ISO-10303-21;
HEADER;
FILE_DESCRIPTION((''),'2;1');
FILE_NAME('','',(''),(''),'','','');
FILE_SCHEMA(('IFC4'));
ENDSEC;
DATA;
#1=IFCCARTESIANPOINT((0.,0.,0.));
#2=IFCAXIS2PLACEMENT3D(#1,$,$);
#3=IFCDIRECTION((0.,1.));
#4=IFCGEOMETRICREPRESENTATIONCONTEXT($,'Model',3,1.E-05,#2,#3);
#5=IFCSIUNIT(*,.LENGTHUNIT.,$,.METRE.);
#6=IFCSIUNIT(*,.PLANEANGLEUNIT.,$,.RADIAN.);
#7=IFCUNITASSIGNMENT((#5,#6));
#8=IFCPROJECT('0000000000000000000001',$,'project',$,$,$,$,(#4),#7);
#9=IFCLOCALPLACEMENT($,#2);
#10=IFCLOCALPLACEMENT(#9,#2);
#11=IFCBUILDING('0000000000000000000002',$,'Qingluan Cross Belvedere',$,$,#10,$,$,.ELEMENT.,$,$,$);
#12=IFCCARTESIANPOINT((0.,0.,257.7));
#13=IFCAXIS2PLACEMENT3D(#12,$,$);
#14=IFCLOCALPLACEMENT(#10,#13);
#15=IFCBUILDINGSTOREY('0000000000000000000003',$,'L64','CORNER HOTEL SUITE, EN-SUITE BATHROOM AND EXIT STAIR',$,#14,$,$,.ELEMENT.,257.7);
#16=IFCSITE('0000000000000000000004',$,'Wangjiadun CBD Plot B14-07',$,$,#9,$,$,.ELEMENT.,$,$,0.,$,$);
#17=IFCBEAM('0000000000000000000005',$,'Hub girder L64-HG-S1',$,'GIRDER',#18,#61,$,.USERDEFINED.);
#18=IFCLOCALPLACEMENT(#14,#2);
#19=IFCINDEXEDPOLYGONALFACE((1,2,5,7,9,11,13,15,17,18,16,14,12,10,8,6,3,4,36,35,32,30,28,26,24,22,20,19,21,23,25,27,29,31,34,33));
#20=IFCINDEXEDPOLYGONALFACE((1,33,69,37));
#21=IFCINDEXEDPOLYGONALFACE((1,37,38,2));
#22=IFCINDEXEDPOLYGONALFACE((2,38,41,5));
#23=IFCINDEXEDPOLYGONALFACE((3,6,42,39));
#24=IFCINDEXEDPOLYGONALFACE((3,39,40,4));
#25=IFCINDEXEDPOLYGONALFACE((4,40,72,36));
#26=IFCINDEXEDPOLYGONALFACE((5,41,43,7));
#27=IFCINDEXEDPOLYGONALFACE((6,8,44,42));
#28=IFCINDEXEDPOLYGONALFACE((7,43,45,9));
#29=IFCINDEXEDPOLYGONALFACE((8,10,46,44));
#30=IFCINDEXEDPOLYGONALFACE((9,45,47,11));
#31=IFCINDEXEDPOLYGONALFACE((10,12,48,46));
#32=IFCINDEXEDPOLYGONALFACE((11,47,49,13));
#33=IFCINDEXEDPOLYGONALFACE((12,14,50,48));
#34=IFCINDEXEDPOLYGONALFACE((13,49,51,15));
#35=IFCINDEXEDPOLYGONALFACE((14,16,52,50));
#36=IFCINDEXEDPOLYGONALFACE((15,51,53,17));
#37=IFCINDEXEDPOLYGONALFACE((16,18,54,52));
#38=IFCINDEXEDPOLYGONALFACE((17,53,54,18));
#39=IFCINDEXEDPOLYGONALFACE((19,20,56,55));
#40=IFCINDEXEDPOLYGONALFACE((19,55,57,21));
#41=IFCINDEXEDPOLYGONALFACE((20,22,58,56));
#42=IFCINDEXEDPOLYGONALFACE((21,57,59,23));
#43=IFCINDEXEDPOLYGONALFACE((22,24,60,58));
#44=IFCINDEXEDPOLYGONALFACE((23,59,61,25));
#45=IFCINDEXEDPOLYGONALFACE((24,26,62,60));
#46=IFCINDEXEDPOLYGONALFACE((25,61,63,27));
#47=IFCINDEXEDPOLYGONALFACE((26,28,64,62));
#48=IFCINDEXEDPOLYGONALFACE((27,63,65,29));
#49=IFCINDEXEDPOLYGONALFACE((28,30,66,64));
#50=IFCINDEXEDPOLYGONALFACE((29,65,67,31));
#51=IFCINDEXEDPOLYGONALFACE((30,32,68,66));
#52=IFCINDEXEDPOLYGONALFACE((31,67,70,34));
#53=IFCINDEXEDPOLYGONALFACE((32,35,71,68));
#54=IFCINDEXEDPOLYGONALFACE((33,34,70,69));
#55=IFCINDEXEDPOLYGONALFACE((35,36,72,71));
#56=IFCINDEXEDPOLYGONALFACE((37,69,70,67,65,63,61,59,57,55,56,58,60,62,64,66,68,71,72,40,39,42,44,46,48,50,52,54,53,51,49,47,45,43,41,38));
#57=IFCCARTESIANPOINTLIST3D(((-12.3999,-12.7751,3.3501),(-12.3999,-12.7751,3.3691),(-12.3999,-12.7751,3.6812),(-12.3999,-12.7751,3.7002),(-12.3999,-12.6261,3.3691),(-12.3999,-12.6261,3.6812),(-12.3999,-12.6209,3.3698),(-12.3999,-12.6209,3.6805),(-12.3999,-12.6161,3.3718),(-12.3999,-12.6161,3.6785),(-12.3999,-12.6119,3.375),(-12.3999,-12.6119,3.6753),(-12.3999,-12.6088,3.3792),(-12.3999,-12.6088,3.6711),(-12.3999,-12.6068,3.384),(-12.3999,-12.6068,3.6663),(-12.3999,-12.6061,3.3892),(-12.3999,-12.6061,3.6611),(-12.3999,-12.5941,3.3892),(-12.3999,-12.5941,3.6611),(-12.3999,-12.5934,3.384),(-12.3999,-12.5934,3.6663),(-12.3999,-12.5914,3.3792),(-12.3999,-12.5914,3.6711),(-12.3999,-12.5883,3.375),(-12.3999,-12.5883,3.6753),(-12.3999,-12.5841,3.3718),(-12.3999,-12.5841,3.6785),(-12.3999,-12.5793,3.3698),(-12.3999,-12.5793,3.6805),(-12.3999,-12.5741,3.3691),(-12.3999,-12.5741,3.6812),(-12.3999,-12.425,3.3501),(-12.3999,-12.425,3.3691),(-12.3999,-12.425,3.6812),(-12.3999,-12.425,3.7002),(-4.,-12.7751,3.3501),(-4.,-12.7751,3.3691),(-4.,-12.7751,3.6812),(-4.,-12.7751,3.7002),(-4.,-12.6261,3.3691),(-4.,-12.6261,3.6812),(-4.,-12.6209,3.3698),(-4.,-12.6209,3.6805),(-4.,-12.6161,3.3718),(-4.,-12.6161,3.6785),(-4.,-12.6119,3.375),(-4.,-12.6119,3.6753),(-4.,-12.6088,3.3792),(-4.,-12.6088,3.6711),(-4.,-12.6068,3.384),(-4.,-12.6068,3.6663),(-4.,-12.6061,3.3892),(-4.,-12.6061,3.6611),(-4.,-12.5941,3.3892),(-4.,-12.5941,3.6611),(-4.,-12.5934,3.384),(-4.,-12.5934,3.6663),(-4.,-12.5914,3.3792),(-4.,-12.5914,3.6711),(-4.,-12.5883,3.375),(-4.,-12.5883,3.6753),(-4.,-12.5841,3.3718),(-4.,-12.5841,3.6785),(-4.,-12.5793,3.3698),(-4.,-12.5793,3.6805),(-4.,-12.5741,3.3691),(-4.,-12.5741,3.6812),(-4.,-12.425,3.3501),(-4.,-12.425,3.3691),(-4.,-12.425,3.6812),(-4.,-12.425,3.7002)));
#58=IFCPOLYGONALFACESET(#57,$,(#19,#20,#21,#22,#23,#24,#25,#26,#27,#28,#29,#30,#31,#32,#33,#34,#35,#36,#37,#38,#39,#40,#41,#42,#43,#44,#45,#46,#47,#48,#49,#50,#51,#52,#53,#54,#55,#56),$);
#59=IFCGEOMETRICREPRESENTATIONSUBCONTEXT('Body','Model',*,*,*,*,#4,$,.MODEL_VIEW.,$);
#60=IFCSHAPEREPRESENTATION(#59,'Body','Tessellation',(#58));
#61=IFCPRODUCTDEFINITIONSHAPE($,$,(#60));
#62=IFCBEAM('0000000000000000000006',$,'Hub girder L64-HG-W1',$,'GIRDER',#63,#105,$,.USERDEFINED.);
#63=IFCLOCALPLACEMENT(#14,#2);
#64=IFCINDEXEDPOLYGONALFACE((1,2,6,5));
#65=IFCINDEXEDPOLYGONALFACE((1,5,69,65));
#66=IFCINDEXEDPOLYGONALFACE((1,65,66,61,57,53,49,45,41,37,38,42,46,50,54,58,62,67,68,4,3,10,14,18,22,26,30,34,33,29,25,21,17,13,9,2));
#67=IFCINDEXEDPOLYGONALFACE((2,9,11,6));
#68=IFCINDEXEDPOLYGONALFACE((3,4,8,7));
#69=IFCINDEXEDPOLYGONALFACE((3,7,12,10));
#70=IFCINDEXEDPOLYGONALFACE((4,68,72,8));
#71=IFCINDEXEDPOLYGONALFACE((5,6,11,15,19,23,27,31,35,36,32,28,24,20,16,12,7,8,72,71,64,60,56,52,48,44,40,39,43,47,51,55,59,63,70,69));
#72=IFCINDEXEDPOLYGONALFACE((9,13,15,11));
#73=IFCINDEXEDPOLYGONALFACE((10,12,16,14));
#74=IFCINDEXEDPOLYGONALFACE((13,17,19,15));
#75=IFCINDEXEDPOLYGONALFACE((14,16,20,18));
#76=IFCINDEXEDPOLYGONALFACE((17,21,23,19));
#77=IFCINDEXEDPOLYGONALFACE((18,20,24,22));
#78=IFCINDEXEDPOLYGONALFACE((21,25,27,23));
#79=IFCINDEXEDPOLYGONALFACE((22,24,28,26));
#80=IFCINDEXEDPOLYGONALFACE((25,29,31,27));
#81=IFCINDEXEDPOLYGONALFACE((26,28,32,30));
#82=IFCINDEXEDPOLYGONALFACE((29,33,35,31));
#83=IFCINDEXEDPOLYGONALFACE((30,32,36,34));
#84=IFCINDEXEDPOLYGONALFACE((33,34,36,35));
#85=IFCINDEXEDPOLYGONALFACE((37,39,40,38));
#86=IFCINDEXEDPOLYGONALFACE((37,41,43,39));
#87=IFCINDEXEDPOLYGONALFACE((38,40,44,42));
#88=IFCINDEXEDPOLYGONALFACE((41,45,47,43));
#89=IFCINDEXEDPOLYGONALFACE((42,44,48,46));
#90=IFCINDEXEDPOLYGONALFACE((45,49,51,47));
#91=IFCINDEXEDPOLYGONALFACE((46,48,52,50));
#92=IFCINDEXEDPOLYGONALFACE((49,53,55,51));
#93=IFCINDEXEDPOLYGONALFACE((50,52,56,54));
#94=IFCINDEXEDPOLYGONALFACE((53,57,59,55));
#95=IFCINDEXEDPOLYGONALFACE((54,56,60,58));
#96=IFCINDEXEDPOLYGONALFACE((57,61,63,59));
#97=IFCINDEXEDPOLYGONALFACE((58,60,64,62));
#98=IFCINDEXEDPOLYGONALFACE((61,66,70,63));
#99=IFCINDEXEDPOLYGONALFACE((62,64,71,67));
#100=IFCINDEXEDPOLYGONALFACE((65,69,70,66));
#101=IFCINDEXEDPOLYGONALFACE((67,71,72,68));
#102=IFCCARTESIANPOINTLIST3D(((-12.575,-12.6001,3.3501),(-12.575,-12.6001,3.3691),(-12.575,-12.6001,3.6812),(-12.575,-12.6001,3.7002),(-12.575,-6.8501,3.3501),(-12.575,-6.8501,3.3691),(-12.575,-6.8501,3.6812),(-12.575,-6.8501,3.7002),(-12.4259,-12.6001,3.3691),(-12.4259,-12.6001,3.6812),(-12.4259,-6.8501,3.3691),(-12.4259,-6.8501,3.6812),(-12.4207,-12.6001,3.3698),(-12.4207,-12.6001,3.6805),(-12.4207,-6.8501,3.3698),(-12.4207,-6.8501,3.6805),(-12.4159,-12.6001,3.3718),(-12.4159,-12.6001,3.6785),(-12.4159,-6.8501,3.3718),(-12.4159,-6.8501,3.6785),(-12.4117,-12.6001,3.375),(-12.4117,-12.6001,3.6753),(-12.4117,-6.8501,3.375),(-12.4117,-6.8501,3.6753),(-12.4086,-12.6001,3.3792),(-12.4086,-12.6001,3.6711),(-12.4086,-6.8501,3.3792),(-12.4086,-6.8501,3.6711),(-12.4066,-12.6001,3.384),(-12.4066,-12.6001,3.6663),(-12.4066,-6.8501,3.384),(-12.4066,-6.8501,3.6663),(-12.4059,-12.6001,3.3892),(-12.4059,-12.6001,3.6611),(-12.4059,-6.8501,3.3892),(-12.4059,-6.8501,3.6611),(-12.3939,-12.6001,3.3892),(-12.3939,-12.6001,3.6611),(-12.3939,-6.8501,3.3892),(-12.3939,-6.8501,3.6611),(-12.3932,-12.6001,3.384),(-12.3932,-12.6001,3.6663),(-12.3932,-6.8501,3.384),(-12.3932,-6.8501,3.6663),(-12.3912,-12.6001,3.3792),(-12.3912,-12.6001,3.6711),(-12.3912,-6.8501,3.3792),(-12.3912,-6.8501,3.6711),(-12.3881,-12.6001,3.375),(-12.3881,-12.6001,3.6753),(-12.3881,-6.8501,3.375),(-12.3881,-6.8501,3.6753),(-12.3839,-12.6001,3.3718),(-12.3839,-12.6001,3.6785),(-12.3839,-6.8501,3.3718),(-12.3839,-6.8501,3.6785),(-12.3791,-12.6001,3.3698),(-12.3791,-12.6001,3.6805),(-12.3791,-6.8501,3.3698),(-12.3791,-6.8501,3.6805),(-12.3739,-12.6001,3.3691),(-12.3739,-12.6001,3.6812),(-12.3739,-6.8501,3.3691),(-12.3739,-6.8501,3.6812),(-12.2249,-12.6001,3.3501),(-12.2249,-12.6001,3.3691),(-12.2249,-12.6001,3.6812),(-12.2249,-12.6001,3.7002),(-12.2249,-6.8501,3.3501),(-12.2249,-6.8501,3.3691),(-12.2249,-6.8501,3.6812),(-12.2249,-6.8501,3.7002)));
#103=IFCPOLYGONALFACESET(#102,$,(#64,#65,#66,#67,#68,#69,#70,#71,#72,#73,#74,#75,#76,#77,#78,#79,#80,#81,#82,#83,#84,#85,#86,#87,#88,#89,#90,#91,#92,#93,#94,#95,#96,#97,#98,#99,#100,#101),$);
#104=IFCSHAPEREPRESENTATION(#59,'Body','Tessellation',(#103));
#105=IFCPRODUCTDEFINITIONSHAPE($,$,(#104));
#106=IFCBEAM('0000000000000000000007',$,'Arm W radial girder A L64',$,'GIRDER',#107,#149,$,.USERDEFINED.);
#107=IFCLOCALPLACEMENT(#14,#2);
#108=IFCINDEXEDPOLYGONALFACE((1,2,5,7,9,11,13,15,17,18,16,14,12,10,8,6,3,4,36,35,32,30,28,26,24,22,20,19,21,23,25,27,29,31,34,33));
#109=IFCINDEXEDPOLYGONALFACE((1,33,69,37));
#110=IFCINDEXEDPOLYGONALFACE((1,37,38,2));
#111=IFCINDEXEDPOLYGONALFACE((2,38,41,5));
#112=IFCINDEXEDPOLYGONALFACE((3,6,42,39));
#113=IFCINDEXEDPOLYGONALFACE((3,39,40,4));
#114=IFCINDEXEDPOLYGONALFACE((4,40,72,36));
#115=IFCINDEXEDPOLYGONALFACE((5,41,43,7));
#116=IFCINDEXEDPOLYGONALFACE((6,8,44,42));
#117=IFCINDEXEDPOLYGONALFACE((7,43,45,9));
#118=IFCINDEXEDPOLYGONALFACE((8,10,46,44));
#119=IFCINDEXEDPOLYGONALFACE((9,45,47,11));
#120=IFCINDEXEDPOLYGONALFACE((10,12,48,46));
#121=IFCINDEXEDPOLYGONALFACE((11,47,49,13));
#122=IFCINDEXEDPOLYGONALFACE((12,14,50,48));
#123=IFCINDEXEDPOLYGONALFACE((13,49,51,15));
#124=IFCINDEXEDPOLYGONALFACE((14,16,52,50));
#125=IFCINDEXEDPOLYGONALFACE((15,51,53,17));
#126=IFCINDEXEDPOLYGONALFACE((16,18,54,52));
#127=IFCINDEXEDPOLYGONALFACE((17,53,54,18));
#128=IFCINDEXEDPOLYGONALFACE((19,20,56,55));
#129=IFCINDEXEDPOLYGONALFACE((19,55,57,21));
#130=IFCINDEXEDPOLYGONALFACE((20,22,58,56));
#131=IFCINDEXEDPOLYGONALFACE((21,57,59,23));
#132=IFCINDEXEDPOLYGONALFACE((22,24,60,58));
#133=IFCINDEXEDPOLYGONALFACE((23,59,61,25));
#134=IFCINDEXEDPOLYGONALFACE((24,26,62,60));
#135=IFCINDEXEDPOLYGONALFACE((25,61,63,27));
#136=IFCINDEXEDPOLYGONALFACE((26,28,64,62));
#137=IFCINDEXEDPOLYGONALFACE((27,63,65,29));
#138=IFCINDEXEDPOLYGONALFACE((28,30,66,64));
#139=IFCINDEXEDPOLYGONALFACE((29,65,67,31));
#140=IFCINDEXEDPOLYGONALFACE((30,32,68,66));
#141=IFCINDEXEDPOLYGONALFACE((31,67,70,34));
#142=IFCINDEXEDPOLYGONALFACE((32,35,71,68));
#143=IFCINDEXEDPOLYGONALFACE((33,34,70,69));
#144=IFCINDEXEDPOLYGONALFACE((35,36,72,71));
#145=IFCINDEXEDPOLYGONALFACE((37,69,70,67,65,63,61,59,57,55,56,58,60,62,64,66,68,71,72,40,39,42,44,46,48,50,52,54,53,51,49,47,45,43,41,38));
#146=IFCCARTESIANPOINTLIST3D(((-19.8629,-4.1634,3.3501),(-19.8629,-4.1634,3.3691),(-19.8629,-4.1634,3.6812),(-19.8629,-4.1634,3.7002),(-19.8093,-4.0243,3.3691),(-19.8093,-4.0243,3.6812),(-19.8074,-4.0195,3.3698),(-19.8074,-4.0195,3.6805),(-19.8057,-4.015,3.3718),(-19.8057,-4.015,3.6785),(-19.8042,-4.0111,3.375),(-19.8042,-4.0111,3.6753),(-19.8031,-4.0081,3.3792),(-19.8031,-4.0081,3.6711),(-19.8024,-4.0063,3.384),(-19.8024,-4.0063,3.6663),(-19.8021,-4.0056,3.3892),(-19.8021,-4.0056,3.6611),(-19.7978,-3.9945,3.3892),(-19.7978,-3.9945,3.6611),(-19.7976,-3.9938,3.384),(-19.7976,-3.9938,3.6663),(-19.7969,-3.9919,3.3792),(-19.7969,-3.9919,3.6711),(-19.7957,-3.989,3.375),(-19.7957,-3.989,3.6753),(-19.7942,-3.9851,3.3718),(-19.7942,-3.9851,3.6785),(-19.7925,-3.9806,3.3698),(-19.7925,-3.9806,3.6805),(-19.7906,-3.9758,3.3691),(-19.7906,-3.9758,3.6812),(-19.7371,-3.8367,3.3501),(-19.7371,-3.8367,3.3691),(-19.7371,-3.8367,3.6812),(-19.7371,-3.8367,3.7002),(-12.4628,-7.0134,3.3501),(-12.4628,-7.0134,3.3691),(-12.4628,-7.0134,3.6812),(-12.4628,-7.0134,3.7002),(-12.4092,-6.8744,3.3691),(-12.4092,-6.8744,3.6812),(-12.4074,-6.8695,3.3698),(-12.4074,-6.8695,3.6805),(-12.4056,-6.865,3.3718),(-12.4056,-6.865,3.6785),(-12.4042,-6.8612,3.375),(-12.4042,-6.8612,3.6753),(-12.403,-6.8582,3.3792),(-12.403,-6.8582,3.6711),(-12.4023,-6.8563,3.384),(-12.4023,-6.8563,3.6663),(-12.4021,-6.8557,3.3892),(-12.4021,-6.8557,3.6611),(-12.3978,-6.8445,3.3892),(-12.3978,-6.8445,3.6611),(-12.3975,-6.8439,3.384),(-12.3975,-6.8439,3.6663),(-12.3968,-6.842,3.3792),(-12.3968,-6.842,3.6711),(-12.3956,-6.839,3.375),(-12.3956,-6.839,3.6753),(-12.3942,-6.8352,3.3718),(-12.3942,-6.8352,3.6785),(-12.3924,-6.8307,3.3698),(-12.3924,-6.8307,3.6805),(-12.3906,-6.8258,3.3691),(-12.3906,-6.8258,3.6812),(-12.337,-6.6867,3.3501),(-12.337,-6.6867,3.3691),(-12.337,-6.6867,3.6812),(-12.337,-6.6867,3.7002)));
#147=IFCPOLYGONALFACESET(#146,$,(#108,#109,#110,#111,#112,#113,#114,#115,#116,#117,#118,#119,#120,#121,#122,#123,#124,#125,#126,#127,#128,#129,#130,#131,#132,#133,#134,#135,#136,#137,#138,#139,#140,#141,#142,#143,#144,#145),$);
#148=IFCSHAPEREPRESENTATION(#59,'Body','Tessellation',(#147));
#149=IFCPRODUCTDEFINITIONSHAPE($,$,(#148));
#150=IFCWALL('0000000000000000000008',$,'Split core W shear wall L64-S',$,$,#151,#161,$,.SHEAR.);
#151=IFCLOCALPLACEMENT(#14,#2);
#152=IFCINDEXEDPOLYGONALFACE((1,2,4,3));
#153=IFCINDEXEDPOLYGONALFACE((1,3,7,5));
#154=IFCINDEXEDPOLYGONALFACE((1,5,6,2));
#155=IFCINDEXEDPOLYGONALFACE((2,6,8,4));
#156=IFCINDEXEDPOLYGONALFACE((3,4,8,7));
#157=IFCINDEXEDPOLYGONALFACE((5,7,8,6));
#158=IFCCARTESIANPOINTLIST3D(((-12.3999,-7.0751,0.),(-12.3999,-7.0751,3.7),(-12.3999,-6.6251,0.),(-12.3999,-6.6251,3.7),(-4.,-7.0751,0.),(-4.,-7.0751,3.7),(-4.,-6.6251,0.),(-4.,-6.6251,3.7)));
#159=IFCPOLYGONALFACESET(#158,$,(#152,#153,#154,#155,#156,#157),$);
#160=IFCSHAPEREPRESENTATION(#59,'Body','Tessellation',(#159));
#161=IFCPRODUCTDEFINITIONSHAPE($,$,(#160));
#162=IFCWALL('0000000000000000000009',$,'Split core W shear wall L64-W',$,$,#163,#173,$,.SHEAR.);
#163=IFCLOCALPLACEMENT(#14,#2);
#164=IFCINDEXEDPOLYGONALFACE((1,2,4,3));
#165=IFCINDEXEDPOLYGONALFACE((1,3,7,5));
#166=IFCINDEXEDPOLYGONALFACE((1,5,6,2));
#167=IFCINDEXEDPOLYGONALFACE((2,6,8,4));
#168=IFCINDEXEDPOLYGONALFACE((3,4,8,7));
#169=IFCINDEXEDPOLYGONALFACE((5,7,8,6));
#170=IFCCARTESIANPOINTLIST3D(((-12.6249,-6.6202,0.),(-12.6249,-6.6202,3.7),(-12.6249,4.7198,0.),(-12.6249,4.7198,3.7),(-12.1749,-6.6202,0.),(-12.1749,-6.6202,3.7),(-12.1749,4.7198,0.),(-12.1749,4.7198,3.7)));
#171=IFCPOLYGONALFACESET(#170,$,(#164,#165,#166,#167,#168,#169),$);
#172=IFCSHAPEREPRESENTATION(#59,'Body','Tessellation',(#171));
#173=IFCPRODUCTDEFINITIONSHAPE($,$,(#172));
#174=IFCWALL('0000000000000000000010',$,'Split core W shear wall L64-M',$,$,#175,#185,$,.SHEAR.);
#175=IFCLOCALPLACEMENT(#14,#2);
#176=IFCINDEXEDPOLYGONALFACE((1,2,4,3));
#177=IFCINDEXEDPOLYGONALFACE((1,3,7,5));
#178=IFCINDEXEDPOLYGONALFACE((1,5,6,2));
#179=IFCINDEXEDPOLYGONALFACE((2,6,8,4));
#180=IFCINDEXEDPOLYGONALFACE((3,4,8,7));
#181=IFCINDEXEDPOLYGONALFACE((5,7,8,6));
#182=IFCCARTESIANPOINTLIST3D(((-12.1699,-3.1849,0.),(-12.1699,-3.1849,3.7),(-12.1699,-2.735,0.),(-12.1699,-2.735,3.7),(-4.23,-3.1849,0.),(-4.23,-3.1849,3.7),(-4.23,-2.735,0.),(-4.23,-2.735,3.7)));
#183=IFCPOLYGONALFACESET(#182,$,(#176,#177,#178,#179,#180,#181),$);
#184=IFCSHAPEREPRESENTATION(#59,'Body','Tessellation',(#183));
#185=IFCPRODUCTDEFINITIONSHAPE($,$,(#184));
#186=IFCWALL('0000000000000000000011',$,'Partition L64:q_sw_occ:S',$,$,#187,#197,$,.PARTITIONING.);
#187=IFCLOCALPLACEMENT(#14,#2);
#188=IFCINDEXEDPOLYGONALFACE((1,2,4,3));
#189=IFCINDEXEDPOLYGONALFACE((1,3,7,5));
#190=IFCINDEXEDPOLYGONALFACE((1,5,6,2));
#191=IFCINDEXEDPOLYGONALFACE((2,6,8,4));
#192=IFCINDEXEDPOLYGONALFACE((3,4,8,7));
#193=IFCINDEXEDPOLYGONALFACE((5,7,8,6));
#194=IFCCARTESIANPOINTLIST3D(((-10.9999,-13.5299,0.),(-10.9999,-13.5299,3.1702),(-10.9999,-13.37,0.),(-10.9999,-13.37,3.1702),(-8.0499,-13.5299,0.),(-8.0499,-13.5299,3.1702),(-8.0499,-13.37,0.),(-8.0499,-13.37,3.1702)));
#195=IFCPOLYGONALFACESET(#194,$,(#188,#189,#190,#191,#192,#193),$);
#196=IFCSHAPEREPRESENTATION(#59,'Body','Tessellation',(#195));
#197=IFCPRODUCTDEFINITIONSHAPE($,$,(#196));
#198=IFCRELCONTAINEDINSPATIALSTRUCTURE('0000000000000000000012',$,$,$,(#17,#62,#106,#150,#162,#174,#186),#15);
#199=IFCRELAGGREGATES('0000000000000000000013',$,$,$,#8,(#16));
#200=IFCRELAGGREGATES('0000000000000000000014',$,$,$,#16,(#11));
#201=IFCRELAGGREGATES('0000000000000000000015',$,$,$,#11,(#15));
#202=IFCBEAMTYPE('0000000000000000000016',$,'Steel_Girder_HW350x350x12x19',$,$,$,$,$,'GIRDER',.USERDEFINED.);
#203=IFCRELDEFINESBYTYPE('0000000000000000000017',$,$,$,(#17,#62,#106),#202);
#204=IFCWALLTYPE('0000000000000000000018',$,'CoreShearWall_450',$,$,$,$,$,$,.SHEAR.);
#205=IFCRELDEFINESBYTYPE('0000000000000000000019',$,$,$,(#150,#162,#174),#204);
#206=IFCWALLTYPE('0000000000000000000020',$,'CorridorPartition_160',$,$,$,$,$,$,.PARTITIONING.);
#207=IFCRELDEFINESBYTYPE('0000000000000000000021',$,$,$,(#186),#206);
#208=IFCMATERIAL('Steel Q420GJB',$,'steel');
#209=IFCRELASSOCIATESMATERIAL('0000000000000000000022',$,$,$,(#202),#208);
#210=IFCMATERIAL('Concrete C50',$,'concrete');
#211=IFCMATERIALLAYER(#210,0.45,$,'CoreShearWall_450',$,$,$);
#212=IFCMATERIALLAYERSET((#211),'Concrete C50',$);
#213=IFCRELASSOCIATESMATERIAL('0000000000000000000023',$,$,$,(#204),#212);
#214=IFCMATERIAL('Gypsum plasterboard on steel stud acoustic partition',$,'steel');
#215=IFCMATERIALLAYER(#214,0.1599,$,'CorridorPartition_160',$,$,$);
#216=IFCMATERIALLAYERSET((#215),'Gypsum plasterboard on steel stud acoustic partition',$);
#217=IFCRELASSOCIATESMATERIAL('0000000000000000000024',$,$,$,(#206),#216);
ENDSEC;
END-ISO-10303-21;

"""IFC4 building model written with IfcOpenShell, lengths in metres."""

from ifc_helpers import new_model, si_unit, direction, frame, frame_2d, origin, origin_2d, place, context, subcontext, project, spatial, rectangle, i_section, extrude, material, layer, layer_set, material_profile, profile_set, type_object, element, save


model = new_model("IFC4")

# Units and contexts
model_context = context("Model", 3, precision=1e-05, world=origin(), true_north=direction((0.0, 1.0)))
body_context = subcontext(model_context, "Body", "Model", "MODEL_VIEW")
ifc_project = project(units=[si_unit("LENGTHUNIT", "METRE"), si_unit("PLANEANGLEUNIT", "RADIAN")], contexts=[model_context])

# Site, building, storey
site_placement = place(None, origin())
site = spatial("IfcSite", under=ifc_project, at=site_placement, Name="Wangjiadun CBD Plot B14-07", CompositionType="ELEMENT", RefElevation=0.0)
building_placement = place(site_placement, origin())
building = spatial("IfcBuilding", under=site, at=building_placement, Name="Qingluan Cross Belvedere", CompositionType="ELEMENT")
storey_placement = place(building_placement, frame((0.0, 0.0, 257.7)))
storey = spatial("IfcBuildingStorey", under=building, at=storey_placement, Name="L64", Description="CORNER HOTEL SUITE, EN-SUITE BATHROOM AND EXIT STAIR", CompositionType="ELEMENT", Elevation=257.7)

# Beams
ifc_material_1 = material(Name="Steel Q420GJB", Category="steel")
ifc_material_profile_1 = material_profile(ifc_material_1, i_section(OverallWidth=0.3501, OverallDepth=0.3501, WebThickness=0.012, FlangeThickness=0.019, FilletRadius=0.02, at=origin_2d()), Name="HW350x350x12x19")
ifc_profile_set_1 = profile_set([ifc_material_profile_1], Name="Steel Q420GJB")
beam_type_1 = type_object("IfcBeamType", Name="Steel_Girder_HW350x350x12x19", ElementType="GIRDER", PredefinedType="USERDEFINED", material=ifc_profile_set_1)
beam_1_placement = place(storey_placement, frame((-12.3999, -12.6001, 3.5251), z_axis=(1.0, 0.0, 0.0), x_axis=(0.0, 1.0, 0.0)))
element("IfcBeam", 1, at=beam_1_placement, inside=storey, type_object=beam_type_1, Name="Hub girder L64-HG-S1", ObjectType="GIRDER", PredefinedType="USERDEFINED", context=body_context, shape_type="SweptSolid", body=[
    extrude(i_section(OverallWidth=0.3501, OverallDepth=0.3501, WebThickness=0.012, FlangeThickness=0.019, FilletRadius=0.02, at=origin_2d()), origin(), (0.0, 0.0, 1.0), 8.3999),
])
beam_2_placement = place(storey_placement, frame((-12.3999, -12.6001, 3.5251), z_axis=(0.0, 1.0, 0.0), x_axis=(-1.0, 0.0, 0.0)))
element("IfcBeam", 2, at=beam_2_placement, inside=storey, type_object=beam_type_1, Name="Hub girder L64-HG-W1", ObjectType="GIRDER", PredefinedType="USERDEFINED", context=body_context, shape_type="SweptSolid", body=[
    extrude(i_section(OverallWidth=0.3501, OverallDepth=0.3501, WebThickness=0.012, FlangeThickness=0.019, FilletRadius=0.02, at=origin_2d()), origin(), (0.0, 0.0, 1.0), 5.75),
])
beam_3_placement = place(storey_placement, frame((-12.3999, -6.8501, 3.5251), z_axis=(-0.933181, 0.359406, 0.0), x_axis=(-0.359406, -0.933181, 0.0)))
element("IfcBeam", 3, at=beam_3_placement, inside=storey, type_object=beam_type_1, Name="Arm W radial girder A L64", ObjectType="GIRDER", PredefinedType="USERDEFINED", context=body_context, shape_type="SweptSolid", body=[
    extrude(i_section(OverallWidth=0.3501, OverallDepth=0.3501, WebThickness=0.012, FlangeThickness=0.019, FilletRadius=0.02, at=origin_2d()), origin(), (0.0, 0.0, 1.0), 7.9299),
])

# Walls
ifc_material_2 = material(Name="Concrete C50", Category="concrete")
ifc_layer_1 = layer(ifc_material_2, 0.45, Name="CoreShearWall_450")
ifc_layer_set_1 = layer_set([ifc_layer_1], Name="Concrete C50")
wall_type_1 = type_object("IfcWallType", Name="CoreShearWall_450", PredefinedType="SHEAR", material=ifc_layer_set_1)
wall_1_placement = place(storey_placement, frame((-12.3999, -6.8501, 0.0), z_axis=(0.0, 0.0, 1.0), x_axis=(1.0, 0.0, 0.0)))
element("IfcWall", 4, at=wall_1_placement, inside=storey, type_object=wall_type_1, Name="Split core W shear wall L64-S", PredefinedType="SHEAR", context=body_context, shape_type="SweptSolid", body=[
    extrude(rectangle(XDim=8.3999, YDim=0.45, at=frame_2d((4.2, 0.0))), origin(), (0.0, 0.0, 1.0), 3.7),
])
wall_2_placement = place(storey_placement, frame((-12.3999, -6.6201, 0.0), z_axis=(0.0, 0.0, 1.0), x_axis=(0.0, 1.0, 0.0)))
element("IfcWall", 5, at=wall_2_placement, inside=storey, type_object=wall_type_1, Name="Split core W shear wall L64-W", PredefinedType="SHEAR", context=body_context, shape_type="SweptSolid", body=[
    extrude(rectangle(XDim=11.3401, YDim=0.45, at=frame_2d((5.6699, 0.0))), origin(), (0.0, 0.0, 1.0), 3.7),
])
wall_3_placement = place(storey_placement, frame((-12.1699, -2.96, 0.0), z_axis=(0.0, 0.0, 1.0), x_axis=(1.0, 0.0, 0.0)))
element("IfcWall", 6, at=wall_3_placement, inside=storey, type_object=wall_type_1, Name="Split core W shear wall L64-M", PredefinedType="SHEAR", context=body_context, shape_type="SweptSolid", body=[
    extrude(rectangle(XDim=7.9399, YDim=0.45, at=frame_2d((3.97, 0.0))), origin(), (0.0, 0.0, 1.0), 3.7),
])
ifc_material_3 = material(Name="Gypsum plasterboard on steel stud acoustic partition", Category="steel")
ifc_layer_2 = layer(ifc_material_3, 0.1599, Name="CorridorPartition_160")
ifc_layer_set_2 = layer_set([ifc_layer_2], Name="Gypsum plasterboard on steel stud acoustic partition")
wall_type_2 = type_object("IfcWallType", Name="CorridorPartition_160", PredefinedType="PARTITIONING", material=ifc_layer_set_2)
wall_4_placement = place(storey_placement, frame((-11.0, -13.45, 0.0), z_axis=(0.0, 0.0, 1.0), x_axis=(1.0, 0.0, 0.0)))
element("IfcWall", 7, at=wall_4_placement, inside=storey, type_object=wall_type_2, Name="Partition L64:q_sw_occ:S", PredefinedType="PARTITIONING", context=body_context, shape_type="SweptSolid", body=[
    extrude(rectangle(XDim=2.95, YDim=0.1599, at=frame_2d((1.4751, 0.0))), origin(), (0.0, 0.0, 1.0), 3.1702),
])

save(model, "model.ifc")
